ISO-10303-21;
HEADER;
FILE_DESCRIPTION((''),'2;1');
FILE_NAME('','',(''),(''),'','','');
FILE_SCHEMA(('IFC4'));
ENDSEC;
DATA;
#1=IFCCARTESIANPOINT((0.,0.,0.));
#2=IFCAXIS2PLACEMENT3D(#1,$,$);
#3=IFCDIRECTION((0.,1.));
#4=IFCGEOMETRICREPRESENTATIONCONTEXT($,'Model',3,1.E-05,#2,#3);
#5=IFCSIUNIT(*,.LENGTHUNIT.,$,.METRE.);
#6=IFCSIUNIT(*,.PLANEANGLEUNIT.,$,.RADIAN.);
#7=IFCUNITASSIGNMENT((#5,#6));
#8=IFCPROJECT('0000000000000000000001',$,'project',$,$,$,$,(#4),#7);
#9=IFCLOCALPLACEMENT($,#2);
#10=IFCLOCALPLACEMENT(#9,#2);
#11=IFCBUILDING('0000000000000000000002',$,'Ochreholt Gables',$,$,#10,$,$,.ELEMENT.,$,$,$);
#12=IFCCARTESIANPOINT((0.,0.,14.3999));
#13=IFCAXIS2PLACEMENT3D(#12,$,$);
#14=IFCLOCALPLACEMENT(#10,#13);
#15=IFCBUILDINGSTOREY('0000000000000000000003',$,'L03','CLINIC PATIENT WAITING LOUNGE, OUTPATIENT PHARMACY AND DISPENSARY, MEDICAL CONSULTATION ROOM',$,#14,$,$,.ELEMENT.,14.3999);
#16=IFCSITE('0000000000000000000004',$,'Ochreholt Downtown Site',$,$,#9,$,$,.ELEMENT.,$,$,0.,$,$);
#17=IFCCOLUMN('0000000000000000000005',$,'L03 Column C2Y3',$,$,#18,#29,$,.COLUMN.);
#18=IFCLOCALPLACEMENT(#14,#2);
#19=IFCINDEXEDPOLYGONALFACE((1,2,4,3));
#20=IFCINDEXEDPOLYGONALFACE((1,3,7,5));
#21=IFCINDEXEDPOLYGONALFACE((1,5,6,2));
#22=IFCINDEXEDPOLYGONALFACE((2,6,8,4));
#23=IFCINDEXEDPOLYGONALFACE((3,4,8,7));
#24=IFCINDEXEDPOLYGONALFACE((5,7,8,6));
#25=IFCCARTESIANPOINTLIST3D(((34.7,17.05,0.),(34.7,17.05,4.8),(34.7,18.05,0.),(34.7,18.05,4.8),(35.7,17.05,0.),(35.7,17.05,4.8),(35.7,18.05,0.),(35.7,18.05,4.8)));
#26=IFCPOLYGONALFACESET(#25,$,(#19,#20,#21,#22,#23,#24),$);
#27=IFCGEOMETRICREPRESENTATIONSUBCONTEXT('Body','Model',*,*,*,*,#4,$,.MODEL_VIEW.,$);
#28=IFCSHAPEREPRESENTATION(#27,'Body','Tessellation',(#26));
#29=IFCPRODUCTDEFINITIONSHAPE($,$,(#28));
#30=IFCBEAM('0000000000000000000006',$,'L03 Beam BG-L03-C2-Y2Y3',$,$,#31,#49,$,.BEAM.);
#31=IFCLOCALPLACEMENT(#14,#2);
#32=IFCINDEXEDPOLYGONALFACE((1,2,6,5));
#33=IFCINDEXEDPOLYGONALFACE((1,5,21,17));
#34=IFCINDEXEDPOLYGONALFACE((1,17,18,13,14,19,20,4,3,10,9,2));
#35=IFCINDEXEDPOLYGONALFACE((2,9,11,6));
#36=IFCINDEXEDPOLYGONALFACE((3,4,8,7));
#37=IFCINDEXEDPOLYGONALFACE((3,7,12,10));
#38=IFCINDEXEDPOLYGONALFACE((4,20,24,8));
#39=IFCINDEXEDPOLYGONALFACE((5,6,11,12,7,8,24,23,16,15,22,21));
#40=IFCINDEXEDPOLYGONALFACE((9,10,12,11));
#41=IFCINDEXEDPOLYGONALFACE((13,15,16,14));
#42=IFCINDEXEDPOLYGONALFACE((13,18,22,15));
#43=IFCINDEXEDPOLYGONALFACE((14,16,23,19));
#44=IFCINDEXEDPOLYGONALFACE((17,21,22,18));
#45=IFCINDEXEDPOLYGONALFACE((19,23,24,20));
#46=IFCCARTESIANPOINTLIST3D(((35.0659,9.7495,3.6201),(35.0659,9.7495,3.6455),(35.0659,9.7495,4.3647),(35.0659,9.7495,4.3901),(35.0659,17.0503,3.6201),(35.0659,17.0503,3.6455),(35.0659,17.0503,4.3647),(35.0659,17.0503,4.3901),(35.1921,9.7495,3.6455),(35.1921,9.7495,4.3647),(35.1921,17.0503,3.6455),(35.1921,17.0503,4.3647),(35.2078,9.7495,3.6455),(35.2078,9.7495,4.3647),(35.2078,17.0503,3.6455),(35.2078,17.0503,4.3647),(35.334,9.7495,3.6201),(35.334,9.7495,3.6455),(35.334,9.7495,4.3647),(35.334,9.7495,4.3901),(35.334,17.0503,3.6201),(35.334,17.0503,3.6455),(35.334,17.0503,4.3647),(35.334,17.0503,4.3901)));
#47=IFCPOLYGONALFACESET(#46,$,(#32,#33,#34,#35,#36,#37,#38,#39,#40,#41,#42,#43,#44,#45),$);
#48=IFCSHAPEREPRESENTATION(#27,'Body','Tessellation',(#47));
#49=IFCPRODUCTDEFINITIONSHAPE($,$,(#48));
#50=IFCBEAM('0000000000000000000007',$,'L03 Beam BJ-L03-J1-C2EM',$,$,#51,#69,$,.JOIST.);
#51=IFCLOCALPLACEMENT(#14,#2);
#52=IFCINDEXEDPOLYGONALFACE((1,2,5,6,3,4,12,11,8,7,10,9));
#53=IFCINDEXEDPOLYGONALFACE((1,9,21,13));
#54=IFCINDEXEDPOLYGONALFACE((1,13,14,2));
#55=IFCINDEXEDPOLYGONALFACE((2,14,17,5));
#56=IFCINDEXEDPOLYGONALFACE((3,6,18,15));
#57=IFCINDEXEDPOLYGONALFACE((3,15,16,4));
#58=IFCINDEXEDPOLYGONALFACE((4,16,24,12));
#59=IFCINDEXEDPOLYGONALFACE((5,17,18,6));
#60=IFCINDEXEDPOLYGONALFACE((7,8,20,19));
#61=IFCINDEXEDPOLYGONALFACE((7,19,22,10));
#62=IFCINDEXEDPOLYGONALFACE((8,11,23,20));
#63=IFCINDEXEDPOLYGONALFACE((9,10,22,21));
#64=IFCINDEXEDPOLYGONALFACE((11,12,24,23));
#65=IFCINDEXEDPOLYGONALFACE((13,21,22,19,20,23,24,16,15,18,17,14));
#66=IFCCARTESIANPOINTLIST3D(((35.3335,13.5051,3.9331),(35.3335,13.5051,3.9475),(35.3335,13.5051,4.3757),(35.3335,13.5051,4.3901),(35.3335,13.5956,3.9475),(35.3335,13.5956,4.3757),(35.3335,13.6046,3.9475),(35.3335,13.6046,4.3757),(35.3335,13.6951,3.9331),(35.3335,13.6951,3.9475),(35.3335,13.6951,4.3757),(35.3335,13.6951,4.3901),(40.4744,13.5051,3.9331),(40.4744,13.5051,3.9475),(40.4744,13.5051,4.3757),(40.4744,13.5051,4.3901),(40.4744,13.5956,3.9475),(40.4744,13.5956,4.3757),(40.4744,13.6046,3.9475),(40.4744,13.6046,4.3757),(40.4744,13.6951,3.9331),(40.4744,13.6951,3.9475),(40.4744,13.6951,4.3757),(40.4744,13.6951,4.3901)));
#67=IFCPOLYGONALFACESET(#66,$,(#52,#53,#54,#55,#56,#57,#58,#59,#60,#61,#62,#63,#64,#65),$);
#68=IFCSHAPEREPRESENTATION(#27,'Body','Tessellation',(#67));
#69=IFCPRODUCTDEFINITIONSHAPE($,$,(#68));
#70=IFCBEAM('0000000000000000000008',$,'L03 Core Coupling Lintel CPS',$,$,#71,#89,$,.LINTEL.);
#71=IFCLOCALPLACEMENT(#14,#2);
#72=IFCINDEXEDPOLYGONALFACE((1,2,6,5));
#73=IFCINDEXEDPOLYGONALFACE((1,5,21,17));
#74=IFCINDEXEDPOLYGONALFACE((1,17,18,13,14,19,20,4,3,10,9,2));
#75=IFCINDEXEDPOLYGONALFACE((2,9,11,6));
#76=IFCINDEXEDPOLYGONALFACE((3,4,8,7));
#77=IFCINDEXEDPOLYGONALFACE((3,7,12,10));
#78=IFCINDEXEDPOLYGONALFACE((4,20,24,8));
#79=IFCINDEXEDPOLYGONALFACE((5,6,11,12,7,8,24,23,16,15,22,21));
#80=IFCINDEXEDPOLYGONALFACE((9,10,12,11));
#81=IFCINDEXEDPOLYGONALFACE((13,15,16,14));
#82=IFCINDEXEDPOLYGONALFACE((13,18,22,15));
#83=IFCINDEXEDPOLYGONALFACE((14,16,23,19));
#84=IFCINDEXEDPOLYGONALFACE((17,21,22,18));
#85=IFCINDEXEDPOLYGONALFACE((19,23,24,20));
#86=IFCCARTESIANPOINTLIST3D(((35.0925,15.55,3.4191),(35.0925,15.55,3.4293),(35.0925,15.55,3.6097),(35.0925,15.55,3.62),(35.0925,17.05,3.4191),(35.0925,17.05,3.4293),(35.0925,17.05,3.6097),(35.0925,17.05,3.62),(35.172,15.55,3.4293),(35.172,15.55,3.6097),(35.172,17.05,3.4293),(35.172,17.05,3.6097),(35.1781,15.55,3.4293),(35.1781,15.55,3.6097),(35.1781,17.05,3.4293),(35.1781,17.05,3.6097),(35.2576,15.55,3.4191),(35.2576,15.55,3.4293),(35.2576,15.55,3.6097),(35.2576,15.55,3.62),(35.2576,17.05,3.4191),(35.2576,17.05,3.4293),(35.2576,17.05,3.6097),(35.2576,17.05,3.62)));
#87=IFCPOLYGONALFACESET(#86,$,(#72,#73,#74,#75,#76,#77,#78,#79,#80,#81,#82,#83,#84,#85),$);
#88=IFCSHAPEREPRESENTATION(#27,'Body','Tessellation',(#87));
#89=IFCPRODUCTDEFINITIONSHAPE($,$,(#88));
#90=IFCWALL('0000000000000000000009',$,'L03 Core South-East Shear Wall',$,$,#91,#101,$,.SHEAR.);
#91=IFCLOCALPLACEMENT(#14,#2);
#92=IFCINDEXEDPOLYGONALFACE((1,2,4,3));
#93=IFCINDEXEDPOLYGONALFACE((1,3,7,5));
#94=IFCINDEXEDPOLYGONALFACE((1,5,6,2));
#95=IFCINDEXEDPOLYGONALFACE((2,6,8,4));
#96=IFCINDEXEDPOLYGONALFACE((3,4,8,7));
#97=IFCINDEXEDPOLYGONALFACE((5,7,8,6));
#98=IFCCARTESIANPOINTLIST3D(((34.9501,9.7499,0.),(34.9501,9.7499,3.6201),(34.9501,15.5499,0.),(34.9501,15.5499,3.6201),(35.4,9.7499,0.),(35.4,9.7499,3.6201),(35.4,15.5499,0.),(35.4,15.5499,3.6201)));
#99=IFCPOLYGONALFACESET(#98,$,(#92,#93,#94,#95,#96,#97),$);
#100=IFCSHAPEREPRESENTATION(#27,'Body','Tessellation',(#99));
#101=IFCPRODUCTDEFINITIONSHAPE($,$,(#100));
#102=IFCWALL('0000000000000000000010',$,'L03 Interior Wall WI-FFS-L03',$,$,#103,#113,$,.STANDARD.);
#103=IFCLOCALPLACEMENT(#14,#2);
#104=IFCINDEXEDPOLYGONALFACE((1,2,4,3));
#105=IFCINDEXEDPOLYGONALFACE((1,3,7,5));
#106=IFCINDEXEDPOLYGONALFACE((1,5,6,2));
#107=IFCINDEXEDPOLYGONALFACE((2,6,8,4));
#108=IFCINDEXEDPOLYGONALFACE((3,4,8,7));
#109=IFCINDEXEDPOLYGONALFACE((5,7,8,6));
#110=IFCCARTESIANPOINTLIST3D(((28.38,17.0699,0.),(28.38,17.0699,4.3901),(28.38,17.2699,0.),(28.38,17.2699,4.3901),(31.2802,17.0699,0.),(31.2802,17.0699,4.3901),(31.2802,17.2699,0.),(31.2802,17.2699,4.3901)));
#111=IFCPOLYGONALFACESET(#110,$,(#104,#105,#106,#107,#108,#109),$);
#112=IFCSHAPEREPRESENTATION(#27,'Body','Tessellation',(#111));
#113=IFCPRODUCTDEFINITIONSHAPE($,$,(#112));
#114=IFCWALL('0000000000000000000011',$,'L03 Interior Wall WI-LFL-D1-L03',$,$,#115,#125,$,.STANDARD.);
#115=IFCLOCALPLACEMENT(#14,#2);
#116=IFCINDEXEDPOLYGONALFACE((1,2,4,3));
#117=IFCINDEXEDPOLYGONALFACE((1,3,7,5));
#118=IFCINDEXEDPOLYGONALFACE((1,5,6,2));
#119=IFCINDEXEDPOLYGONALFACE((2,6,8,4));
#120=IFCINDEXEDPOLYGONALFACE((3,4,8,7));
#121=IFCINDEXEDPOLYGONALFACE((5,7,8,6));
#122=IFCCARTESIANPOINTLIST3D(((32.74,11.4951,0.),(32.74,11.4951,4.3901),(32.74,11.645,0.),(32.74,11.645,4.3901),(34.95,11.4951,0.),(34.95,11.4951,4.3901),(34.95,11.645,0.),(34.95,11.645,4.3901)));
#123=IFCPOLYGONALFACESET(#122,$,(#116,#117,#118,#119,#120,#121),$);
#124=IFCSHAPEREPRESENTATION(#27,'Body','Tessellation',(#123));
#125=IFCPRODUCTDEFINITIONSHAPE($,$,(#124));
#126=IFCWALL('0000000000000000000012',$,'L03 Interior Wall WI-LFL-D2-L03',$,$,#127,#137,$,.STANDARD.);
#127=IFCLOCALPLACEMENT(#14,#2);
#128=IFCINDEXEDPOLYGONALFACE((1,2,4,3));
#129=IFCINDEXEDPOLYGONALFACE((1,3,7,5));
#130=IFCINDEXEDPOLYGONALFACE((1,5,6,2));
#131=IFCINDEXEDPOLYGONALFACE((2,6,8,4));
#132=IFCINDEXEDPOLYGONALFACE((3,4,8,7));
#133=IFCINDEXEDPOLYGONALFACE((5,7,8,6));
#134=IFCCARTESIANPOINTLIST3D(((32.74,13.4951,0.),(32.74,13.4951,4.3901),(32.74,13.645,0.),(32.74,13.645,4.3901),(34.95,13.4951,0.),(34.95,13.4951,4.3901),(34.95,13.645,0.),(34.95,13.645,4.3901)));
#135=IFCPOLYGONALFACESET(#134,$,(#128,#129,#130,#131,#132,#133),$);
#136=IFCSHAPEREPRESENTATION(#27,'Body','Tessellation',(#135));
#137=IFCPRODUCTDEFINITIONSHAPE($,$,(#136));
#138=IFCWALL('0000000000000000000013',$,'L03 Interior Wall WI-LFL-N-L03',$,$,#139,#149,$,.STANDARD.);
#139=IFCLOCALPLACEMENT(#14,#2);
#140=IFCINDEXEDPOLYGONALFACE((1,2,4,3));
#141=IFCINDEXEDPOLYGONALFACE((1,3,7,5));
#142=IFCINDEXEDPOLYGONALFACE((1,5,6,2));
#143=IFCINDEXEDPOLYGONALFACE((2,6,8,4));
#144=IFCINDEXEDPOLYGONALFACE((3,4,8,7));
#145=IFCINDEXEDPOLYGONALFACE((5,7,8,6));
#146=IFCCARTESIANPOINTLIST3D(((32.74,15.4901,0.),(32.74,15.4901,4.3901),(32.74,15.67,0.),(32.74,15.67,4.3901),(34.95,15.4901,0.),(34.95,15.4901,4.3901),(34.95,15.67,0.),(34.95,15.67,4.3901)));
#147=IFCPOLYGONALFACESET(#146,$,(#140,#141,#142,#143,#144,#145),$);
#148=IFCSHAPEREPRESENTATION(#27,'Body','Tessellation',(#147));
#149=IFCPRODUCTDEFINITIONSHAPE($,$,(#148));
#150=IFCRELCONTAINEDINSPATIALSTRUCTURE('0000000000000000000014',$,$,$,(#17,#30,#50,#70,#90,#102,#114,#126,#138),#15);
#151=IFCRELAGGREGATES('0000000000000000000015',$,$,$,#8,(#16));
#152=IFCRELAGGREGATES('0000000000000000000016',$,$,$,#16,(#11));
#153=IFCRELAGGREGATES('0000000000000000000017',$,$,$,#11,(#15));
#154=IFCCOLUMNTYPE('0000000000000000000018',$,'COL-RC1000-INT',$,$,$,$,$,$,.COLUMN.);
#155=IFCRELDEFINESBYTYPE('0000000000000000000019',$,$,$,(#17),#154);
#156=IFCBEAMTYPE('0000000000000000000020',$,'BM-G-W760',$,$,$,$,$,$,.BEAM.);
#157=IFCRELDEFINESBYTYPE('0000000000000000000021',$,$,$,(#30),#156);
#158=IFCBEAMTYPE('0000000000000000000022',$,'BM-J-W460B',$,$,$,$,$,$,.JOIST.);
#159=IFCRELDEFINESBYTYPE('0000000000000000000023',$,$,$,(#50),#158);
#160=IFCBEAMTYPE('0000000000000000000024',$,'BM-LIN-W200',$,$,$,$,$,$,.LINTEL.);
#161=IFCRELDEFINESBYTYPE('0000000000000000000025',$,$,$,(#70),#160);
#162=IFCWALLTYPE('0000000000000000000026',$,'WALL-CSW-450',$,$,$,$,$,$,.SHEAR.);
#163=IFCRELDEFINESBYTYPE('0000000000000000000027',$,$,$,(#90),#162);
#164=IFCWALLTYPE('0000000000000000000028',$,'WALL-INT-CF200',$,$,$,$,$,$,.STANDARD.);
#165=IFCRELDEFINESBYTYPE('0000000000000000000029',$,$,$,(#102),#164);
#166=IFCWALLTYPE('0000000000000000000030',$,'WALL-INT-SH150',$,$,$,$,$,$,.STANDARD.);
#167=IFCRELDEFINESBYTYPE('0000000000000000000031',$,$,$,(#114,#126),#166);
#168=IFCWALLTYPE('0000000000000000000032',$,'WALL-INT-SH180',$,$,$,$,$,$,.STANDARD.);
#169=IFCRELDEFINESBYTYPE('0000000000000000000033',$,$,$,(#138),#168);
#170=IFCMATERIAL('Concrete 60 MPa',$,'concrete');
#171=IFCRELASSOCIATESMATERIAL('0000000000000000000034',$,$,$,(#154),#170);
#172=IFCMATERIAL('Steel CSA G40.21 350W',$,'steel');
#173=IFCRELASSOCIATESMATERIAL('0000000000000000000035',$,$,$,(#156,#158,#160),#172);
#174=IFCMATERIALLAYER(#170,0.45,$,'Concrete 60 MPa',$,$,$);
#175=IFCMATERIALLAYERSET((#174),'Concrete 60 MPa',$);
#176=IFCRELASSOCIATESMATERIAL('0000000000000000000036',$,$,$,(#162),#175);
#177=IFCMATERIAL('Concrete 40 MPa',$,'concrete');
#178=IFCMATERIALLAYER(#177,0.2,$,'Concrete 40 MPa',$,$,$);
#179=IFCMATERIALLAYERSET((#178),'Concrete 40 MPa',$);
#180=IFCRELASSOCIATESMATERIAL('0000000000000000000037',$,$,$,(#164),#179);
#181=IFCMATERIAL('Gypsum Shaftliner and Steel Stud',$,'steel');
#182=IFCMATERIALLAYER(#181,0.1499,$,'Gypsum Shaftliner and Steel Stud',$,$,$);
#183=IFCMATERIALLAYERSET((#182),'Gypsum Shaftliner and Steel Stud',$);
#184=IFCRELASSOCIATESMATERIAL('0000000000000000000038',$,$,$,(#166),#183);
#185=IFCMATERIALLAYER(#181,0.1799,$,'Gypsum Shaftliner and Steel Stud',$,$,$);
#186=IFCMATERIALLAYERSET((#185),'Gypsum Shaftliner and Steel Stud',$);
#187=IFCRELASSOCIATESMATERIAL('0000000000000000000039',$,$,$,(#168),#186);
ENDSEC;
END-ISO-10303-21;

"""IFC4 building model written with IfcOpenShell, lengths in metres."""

from ifc_helpers import new_model, si_unit, direction, frame, frame_2d, origin, origin_2d, place, context, subcontext, project, spatial, rectangle, i_section, extrude, material, layer, layer_set, material_profile, profile_set, type_object, element, save


model = new_model("IFC4")

# Units and contexts
model_context = context("Model", 3, precision=1e-05, world=origin(), true_north=direction((0.0, 1.0)))
body_context = subcontext(model_context, "Body", "Model", "MODEL_VIEW")
ifc_project = project(units=[si_unit("LENGTHUNIT", "METRE"), si_unit("PLANEANGLEUNIT", "RADIAN")], contexts=[model_context])

# Site, building, storey
site_placement = place(None, origin())
site = spatial("IfcSite", under=ifc_project, at=site_placement, Name="Ochreholt Downtown Site", CompositionType="ELEMENT", RefElevation=0.0)
building_placement = place(site_placement, origin())
building = spatial("IfcBuilding", under=site, at=building_placement, Name="Ochreholt Gables", CompositionType="ELEMENT")
storey_placement = place(building_placement, frame((0.0, 0.0, 14.3999)))
storey = spatial("IfcBuildingStorey", under=building, at=storey_placement, Name="L03", Description="CLINIC PATIENT WAITING LOUNGE, OUTPATIENT PHARMACY AND DISPENSARY, MEDICAL CONSULTATION ROOM", CompositionType="ELEMENT", Elevation=14.3999)

# Column
ifc_material_1 = material(Name="Concrete 60 MPa", Category="concrete")
ifc_material_profile_1 = material_profile(ifc_material_1, rectangle(XDim=1.0, YDim=1.0, at=origin_2d()), Name="RC1000X1000")
ifc_profile_set_1 = profile_set([ifc_material_profile_1], Name="Concrete 60 MPa")
column_type = type_object("IfcColumnType", Name="COL-RC1000-INT", PredefinedType="COLUMN", material=ifc_profile_set_1)
column_placement = place(storey_placement, frame((35.2, 17.55, 0.0), z_axis=(0.0, 0.0, 1.0), x_axis=(1.0, 0.0, 0.0)))
element("IfcColumn", 1, at=column_placement, inside=storey, type_object=column_type, Name="L03 Column C2Y3", PredefinedType="COLUMN", context=body_context, shape_type="SweptSolid", body=[
    extrude(rectangle(XDim=1.0, YDim=1.0, at=origin_2d()), origin(), (0.0, 0.0, 1.0), 4.8),
])

# Beams
ifc_material_2 = material(Name="Steel CSA G40.21 350W", Category="steel")
ifc_material_profile_2 = material_profile(ifc_material_2, i_section(OverallWidth=0.2681, OverallDepth=0.77, WebThickness=0.0156, FlangeThickness=0.0254, at=origin_2d()), Name="W760X196")
ifc_profile_set_2 = profile_set([ifc_material_profile_2], Name="Steel CSA G40.21 350W")
beam_type_1 = type_object("IfcBeamType", Name="BM-G-W760", PredefinedType="BEAM", material=ifc_profile_set_2)
beam_1_placement = place(storey_placement, frame((35.2, 9.7495, 4.0051), z_axis=(0.0, 1.0, 0.0), x_axis=(-1.0, 0.0, 0.0)))
element("IfcBeam", 2, at=beam_1_placement, inside=storey, type_object=beam_type_1, Name="L03 Beam BG-L03-C2-Y2Y3", PredefinedType="BEAM", context=body_context, shape_type="SweptSolid", body=[
    extrude(i_section(OverallWidth=0.2681, OverallDepth=0.77, WebThickness=0.0156, FlangeThickness=0.0254, at=origin_2d()), origin(), (0.0, 0.0, 1.0), 7.3008),
])
ifc_material_profile_3 = material_profile(ifc_material_2, i_section(OverallWidth=0.1899, OverallDepth=0.457, WebThickness=0.009, FlangeThickness=0.0144, at=origin_2d()), Name="W460X74")
ifc_profile_set_3 = profile_set([ifc_material_profile_3], Name="Steel CSA G40.21 350W")
beam_type_2 = type_object("IfcBeamType", Name="BM-J-W460B", PredefinedType="JOIST", material=ifc_profile_set_3)
beam_2_placement = place(storey_placement, frame((35.3335, 13.6001, 4.1616), z_axis=(1.0, 0.0, 0.0), x_axis=(0.0, 1.0, 0.0)))
element("IfcBeam", 3, at=beam_2_placement, inside=storey, type_object=beam_type_2, Name="L03 Beam BJ-L03-J1-C2EM", PredefinedType="JOIST", context=body_context, shape_type="SweptSolid", body=[
    extrude(i_section(OverallWidth=0.1899, OverallDepth=0.457, WebThickness=0.009, FlangeThickness=0.0144, at=origin_2d()), origin(), (0.0, 0.0, 1.0), 5.1409),
])
ifc_material_profile_4 = material_profile(ifc_material_2, i_section(OverallWidth=0.165, OverallDepth=0.2009, WebThickness=0.0061, FlangeThickness=0.0103, at=origin_2d()), Name="W200X36")
ifc_profile_set_4 = profile_set([ifc_material_profile_4], Name="Steel CSA G40.21 350W")
beam_type_3 = type_object("IfcBeamType", Name="BM-LIN-W200", PredefinedType="LINTEL", material=ifc_profile_set_4)
beam_3_placement = place(storey_placement, frame((35.175, 15.55, 3.5195), z_axis=(0.0, 1.0, 0.0), x_axis=(-1.0, 0.0, 0.0)))
element("IfcBeam", 4, at=beam_3_placement, inside=storey, type_object=beam_type_3, Name="L03 Core Coupling Lintel CPS", PredefinedType="LINTEL", context=body_context, shape_type="SweptSolid", body=[
    extrude(i_section(OverallWidth=0.165, OverallDepth=0.2009, WebThickness=0.0061, FlangeThickness=0.0103, at=origin_2d()), origin(), (0.0, 0.0, 1.0), 1.5),
])

# Walls
ifc_layer_1 = layer(ifc_material_1, 0.45, Name="Concrete 60 MPa")
ifc_layer_set_1 = layer_set([ifc_layer_1], Name="Concrete 60 MPa")
wall_type_1 = type_object("IfcWallType", Name="WALL-CSW-450", PredefinedType="SHEAR", material=ifc_layer_set_1)
wall_1_placement = place(storey_placement, frame((35.175, 9.75, 0.0), z_axis=(0.0, 0.0, 1.0), x_axis=(0.0, 1.0, 0.0)))
element("IfcWall", 5, at=wall_1_placement, inside=storey, type_object=wall_type_1, Name="L03 Core South-East Shear Wall", PredefinedType="SHEAR", context=body_context, shape_type="SweptSolid", body=[
    extrude(rectangle(XDim=5.8, YDim=0.45, at=frame_2d((2.8999, 0.0))), origin(), (0.0, 0.0, 1.0), 3.6201),
])
ifc_material_3 = material(Name="Concrete 40 MPa", Category="concrete")
ifc_layer_2 = layer(ifc_material_3, 0.2, Name="Concrete 40 MPa")
ifc_layer_set_2 = layer_set([ifc_layer_2], Name="Concrete 40 MPa")
wall_type_2 = type_object("IfcWallType", Name="WALL-INT-CF200", PredefinedType="STANDARD", material=ifc_layer_set_2)
wall_2_placement = place(storey_placement, frame((28.3799, 17.1699, 0.0), z_axis=(0.0, 0.0, 1.0), x_axis=(1.0, 0.0, 0.0)))
element("IfcWall", 6, at=wall_2_placement, inside=storey, type_object=wall_type_2, Name="L03 Interior Wall WI-FFS-L03", PredefinedType="STANDARD", context=body_context, shape_type="SweptSolid", body=[
    extrude(rectangle(XDim=2.9001, YDim=0.2, at=frame_2d((1.4502, 0.0))), origin(), (0.0, 0.0, 1.0), 4.3901),
])

# Walls
ifc_material_4 = material(Name="Gypsum Shaftliner and Steel Stud", Category="steel")
ifc_layer_3 = layer(ifc_material_4, 0.1499, Name="Gypsum Shaftliner and Steel Stud")
ifc_layer_set_3 = layer_set([ifc_layer_3], Name="Gypsum Shaftliner and Steel Stud")
wall_type_3 = type_object("IfcWallType", Name="WALL-INT-SH150", PredefinedType="STANDARD", material=ifc_layer_set_3)
for number, where, z_axis, x_axis, name in (
    (7, (32.74, 11.5701, 0.0), (0.0, 0.0, 1.0), (1.0, 0.0, 0.0), "L03 Interior Wall WI-LFL-D1-L03"),
    (8, (32.74, 13.5701, 0.0), (0.0, 0.0, 1.0), (1.0, 0.0, 0.0), "L03 Interior Wall WI-LFL-D2-L03"),
):
    element("IfcWall", number, at=place(storey_placement, frame(where, z_axis=z_axis, x_axis=x_axis)), inside=storey, type_object=wall_type_3, Name=name, PredefinedType="STANDARD", context=body_context, shape_type="SweptSolid", body=[
        extrude(rectangle(XDim=2.21, YDim=0.1499, at=frame_2d((1.105, 0.0))), origin(), (0.0, 0.0, 1.0), 4.3901),
    ])
ifc_layer_4 = layer(ifc_material_4, 0.1799, Name="Gypsum Shaftliner and Steel Stud")
ifc_layer_set_4 = layer_set([ifc_layer_4], Name="Gypsum Shaftliner and Steel Stud")
wall_type_4 = type_object("IfcWallType", Name="WALL-INT-SH180", PredefinedType="STANDARD", material=ifc_layer_set_4)
wall_3_placement = place(storey_placement, frame((32.74, 15.5801, 0.0), z_axis=(0.0, 0.0, 1.0), x_axis=(1.0, 0.0, 0.0)))
element("IfcWall", 9, at=wall_3_placement, inside=storey, type_object=wall_type_4, Name="L03 Interior Wall WI-LFL-N-L03", PredefinedType="STANDARD", context=body_context, shape_type="SweptSolid", body=[
    extrude(rectangle(XDim=2.21, YDim=0.1799, at=frame_2d((1.105, 0.0))), origin(), (0.0, 0.0, 1.0), 4.3901),
])

save(model, "model.ifc")
